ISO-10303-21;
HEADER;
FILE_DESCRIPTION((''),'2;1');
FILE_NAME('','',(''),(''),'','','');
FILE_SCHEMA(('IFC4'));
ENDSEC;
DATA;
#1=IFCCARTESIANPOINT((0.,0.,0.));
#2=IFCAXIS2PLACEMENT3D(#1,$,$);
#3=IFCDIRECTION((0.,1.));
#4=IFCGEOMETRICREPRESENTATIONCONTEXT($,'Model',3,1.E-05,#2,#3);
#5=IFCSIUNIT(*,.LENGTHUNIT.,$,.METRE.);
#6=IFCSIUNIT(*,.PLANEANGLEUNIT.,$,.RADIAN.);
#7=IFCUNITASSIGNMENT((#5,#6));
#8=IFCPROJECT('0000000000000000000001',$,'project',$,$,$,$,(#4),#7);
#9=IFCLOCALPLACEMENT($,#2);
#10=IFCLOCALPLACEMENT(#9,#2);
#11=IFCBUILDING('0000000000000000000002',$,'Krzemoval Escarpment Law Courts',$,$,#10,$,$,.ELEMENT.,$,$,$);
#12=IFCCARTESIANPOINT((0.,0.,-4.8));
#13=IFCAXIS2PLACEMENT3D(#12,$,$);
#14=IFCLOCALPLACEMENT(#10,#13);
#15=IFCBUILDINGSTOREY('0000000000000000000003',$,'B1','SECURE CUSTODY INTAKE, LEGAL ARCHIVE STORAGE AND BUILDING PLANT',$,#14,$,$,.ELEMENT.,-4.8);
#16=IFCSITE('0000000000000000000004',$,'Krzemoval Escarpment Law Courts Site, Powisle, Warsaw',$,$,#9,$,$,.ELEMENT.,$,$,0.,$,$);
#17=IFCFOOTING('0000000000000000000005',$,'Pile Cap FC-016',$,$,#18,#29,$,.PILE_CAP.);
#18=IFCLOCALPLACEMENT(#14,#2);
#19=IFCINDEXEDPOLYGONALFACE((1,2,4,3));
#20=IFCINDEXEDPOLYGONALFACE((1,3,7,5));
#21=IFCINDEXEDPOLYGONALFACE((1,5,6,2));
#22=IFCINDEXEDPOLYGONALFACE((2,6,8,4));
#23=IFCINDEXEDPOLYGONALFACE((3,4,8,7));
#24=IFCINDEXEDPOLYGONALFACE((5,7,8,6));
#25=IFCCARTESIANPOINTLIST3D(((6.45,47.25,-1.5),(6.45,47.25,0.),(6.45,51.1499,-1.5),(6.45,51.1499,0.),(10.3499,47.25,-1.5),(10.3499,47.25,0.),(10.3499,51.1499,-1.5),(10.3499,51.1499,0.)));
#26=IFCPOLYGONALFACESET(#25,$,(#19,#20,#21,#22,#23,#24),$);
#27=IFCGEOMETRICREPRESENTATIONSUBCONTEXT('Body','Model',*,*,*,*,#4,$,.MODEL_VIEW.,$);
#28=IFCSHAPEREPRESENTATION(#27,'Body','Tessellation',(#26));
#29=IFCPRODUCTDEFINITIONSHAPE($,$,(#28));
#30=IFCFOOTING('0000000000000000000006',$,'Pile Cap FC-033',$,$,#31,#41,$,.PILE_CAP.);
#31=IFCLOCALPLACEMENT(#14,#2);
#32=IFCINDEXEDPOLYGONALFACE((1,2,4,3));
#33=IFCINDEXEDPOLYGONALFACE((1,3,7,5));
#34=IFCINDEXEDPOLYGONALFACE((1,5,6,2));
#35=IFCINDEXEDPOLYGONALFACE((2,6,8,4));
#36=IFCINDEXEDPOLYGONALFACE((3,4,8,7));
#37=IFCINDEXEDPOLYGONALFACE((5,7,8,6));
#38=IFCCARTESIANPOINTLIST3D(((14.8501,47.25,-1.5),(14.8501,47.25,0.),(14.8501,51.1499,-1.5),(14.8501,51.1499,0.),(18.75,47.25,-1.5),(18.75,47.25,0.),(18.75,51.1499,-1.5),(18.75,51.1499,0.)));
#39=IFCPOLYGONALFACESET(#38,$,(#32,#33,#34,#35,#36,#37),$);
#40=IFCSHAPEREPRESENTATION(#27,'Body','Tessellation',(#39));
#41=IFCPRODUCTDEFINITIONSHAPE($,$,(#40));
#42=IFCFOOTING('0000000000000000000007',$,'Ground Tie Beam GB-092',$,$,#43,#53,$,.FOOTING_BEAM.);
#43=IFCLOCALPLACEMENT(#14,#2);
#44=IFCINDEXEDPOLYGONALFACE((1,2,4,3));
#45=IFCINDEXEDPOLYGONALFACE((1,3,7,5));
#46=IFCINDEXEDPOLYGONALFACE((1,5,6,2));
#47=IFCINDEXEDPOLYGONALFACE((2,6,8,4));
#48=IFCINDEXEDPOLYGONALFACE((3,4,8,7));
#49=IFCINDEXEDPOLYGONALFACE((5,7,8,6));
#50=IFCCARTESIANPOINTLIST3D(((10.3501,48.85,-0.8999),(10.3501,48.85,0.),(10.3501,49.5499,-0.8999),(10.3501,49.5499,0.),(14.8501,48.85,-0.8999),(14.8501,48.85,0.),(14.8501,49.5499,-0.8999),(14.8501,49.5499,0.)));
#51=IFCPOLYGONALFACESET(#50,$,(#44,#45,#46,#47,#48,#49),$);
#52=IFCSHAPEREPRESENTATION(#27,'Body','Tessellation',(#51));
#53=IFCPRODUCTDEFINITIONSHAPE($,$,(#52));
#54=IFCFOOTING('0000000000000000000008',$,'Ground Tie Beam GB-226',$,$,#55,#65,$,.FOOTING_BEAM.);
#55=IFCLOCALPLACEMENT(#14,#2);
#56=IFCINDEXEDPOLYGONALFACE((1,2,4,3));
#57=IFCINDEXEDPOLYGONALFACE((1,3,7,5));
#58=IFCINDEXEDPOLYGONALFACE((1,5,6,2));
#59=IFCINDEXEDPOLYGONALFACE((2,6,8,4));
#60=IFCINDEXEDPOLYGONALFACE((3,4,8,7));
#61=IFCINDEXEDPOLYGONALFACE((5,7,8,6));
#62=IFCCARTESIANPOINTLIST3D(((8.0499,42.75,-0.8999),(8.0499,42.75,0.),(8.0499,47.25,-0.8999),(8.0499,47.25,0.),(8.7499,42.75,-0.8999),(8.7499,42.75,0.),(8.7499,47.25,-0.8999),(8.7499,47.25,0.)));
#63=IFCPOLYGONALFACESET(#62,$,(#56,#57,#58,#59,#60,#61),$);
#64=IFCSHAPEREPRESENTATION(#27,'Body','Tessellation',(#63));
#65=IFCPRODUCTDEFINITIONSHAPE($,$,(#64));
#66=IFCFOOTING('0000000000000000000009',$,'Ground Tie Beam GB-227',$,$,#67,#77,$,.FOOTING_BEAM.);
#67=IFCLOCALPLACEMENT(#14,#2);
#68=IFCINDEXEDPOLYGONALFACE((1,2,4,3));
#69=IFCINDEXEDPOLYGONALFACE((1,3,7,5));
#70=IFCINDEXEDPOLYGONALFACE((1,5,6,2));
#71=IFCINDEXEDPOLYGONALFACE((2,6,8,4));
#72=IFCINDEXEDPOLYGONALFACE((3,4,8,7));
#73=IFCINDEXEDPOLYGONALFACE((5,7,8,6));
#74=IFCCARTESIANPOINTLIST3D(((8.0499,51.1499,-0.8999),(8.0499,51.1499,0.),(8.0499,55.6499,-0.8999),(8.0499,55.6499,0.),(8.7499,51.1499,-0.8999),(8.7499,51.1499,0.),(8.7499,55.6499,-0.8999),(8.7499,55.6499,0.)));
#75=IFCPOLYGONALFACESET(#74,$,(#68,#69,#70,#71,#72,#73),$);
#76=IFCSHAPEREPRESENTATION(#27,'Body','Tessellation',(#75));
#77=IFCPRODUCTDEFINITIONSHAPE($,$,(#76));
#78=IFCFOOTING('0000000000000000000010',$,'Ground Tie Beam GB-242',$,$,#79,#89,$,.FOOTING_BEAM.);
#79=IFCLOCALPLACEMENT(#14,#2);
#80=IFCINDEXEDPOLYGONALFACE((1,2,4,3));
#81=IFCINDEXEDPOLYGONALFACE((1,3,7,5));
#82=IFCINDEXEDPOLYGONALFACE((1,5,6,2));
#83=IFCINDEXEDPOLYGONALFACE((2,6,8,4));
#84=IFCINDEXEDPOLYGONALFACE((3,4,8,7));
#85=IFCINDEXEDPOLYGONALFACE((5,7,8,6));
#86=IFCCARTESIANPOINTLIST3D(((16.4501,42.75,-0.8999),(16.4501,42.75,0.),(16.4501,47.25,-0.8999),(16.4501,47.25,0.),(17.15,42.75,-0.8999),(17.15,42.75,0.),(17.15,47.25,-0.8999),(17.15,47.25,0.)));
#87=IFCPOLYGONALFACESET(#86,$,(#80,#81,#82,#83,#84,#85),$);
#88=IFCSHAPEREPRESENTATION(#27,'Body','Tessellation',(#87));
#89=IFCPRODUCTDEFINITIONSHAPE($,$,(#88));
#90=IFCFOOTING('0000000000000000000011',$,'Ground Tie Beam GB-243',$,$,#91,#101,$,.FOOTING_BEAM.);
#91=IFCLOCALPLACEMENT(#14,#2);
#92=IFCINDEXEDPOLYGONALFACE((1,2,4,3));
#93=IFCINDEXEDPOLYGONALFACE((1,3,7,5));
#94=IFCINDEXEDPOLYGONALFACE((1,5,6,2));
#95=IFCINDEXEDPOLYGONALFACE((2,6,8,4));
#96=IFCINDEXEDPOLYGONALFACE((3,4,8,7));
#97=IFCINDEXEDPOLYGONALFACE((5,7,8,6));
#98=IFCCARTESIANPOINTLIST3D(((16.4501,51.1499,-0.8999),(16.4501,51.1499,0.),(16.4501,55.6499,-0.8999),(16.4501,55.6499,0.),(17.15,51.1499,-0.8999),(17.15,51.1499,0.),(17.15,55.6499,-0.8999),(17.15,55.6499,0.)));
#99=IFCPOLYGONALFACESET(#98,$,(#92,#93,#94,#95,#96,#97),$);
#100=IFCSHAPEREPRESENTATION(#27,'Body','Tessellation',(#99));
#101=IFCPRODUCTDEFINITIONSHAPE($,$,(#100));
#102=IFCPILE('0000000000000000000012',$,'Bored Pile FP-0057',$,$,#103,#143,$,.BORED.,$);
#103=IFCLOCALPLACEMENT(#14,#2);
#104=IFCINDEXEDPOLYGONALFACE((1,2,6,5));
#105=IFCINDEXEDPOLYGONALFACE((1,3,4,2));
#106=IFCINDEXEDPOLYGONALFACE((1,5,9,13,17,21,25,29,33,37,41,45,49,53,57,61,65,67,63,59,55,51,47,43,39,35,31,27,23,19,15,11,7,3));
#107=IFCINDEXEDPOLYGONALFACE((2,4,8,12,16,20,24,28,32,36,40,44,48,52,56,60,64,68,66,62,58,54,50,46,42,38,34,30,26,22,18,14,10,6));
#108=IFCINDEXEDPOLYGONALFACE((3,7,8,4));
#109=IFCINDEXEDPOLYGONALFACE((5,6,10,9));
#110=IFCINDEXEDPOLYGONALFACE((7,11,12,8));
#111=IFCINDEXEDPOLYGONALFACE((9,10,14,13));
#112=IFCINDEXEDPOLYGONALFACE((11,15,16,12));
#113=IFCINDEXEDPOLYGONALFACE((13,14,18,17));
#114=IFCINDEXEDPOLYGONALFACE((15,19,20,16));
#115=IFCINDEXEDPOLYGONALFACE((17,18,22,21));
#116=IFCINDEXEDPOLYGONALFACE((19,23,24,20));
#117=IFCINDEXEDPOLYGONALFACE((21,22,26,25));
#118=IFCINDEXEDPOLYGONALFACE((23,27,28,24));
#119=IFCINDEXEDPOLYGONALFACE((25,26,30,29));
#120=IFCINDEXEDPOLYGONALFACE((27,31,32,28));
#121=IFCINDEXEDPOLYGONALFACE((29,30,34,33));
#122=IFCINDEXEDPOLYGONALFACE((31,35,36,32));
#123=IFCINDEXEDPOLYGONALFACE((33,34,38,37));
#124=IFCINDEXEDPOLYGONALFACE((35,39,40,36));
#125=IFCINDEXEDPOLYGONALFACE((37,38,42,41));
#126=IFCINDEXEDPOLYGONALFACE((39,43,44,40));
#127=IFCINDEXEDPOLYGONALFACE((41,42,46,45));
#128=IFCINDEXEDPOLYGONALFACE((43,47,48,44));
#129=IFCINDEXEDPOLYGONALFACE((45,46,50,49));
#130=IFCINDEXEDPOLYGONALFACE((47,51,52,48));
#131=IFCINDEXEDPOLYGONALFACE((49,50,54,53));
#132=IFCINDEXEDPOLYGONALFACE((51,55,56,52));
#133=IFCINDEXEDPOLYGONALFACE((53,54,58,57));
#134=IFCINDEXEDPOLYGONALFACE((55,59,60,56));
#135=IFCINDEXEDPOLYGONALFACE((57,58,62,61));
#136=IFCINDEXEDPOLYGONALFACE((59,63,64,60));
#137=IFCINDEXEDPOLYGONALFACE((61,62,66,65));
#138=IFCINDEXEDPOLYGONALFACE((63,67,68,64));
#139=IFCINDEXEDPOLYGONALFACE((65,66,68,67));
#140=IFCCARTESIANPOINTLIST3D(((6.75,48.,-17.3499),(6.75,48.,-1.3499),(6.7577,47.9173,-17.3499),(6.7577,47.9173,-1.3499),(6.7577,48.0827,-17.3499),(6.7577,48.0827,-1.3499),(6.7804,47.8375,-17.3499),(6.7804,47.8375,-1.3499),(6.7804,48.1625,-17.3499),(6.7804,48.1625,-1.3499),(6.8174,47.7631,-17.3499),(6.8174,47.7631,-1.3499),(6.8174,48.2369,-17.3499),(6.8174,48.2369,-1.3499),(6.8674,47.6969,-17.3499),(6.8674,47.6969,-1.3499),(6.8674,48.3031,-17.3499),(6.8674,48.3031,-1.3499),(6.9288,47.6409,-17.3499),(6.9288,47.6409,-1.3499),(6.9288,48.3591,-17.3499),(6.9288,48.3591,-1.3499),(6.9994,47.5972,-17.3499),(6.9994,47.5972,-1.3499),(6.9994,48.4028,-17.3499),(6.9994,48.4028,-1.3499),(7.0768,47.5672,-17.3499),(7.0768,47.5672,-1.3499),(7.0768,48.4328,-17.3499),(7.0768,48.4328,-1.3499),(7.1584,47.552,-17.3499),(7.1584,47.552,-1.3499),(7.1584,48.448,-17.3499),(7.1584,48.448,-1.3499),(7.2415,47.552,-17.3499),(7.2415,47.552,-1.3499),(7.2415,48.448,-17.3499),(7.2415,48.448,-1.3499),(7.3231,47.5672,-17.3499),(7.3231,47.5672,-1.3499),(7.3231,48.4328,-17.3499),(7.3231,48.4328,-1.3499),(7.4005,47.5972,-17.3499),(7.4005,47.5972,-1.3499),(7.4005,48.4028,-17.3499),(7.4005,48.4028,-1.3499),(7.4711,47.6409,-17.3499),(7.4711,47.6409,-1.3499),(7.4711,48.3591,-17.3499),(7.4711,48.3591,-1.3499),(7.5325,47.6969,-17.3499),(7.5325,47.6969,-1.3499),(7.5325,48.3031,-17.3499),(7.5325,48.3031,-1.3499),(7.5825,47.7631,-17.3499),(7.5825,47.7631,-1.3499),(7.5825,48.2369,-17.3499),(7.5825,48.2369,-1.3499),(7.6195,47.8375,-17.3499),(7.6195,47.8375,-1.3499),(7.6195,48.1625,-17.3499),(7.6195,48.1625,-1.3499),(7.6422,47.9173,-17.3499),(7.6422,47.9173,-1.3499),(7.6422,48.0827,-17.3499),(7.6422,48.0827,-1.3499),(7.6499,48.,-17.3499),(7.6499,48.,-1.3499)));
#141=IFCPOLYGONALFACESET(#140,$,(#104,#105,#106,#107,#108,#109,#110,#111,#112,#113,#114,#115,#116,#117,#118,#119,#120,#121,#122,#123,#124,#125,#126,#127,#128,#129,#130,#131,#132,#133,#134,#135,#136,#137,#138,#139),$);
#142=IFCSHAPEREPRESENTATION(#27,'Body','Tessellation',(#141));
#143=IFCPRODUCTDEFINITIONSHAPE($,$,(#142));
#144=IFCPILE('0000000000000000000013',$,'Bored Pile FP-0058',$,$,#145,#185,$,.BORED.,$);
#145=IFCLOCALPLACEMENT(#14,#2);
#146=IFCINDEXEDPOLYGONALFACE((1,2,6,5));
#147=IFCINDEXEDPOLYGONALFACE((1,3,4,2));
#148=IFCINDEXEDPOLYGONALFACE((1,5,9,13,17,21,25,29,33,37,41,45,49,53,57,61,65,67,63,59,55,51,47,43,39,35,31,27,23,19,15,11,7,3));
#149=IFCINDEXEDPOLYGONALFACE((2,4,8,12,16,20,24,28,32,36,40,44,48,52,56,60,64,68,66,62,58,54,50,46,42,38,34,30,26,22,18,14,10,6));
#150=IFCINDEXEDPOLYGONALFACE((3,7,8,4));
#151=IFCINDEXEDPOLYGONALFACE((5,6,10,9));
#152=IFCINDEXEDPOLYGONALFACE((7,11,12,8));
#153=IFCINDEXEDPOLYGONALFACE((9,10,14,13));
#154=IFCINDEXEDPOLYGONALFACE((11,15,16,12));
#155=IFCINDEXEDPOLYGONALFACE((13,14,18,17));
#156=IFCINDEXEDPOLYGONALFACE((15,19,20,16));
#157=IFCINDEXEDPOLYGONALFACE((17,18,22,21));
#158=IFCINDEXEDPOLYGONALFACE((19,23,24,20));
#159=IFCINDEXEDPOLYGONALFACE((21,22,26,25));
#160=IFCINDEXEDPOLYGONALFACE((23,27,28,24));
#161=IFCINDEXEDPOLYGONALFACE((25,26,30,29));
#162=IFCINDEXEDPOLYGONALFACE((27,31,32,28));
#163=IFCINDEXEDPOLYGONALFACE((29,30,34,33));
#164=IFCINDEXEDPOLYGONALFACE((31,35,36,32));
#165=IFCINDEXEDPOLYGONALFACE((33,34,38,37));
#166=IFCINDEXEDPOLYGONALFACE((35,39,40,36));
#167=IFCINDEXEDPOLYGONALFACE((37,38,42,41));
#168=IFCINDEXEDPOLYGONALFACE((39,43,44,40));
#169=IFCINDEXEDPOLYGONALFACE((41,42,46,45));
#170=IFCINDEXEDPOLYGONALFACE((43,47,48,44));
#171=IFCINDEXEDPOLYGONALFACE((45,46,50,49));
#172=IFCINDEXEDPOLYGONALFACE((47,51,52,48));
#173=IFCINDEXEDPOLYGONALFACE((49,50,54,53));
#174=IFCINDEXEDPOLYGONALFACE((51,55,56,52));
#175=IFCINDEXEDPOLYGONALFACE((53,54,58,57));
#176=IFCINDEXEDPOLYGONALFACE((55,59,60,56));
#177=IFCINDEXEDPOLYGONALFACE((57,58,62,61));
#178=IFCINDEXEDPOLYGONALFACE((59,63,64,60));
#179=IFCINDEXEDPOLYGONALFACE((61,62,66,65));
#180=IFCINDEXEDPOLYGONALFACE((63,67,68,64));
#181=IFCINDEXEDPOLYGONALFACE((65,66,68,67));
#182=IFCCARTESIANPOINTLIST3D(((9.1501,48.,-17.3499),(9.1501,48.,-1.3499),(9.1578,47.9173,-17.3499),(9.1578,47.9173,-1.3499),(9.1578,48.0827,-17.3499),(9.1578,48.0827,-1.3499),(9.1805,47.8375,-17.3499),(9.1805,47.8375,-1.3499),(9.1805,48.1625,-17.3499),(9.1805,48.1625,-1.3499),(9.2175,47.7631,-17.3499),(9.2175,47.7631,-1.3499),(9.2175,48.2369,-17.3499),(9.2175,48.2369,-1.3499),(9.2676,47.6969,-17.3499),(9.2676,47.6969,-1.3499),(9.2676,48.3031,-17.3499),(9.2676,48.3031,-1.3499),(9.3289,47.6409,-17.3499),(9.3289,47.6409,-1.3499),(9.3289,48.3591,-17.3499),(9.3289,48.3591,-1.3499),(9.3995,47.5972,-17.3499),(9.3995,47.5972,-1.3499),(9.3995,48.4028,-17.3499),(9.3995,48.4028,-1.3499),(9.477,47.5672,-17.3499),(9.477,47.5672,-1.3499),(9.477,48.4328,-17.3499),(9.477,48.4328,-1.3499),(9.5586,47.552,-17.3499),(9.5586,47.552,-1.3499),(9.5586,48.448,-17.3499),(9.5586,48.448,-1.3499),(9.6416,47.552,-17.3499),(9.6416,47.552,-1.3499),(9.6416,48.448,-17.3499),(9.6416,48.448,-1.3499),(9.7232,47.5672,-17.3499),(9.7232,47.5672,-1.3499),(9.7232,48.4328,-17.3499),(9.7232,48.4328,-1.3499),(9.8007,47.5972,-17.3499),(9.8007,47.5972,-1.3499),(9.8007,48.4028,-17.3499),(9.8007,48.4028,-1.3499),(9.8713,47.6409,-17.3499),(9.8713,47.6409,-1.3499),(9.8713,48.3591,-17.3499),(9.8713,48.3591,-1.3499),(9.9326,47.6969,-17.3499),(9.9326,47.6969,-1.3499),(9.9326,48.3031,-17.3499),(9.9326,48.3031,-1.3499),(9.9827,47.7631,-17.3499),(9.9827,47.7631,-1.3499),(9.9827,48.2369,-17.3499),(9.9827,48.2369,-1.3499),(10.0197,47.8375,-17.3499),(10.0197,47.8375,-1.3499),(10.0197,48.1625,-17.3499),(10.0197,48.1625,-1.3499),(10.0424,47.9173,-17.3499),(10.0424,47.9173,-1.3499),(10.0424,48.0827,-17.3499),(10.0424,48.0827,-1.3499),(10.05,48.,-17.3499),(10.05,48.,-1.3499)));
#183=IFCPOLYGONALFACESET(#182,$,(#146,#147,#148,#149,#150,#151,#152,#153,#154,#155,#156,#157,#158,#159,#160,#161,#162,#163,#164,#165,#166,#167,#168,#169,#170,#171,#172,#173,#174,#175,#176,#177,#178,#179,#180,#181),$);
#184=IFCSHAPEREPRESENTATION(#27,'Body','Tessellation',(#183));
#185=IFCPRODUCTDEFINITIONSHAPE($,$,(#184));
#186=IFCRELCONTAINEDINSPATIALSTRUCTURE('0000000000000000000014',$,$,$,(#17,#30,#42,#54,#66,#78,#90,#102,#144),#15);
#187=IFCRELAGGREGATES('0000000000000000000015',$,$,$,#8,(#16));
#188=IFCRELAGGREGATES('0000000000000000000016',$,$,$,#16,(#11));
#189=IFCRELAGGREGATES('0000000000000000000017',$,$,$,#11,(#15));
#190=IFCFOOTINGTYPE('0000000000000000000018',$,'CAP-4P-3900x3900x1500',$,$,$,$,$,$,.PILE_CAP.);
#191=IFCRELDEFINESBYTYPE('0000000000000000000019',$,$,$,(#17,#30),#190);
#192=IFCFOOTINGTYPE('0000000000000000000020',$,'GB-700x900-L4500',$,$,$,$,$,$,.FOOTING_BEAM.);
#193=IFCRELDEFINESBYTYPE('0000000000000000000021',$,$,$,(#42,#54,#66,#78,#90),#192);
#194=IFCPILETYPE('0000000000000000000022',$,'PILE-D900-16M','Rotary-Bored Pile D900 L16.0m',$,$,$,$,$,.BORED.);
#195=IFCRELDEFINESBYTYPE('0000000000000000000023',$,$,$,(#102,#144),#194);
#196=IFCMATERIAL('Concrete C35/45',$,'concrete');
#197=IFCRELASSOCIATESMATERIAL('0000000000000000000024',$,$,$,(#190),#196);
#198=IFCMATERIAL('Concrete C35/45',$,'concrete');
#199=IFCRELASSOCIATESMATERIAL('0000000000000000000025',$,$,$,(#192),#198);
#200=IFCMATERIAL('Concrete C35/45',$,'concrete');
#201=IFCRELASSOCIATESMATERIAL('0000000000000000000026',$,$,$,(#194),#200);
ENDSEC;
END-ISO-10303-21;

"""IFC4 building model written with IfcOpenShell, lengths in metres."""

from ifc_helpers import new_model, si_unit, direction, frame, origin, origin_2d, place, context, subcontext, project, spatial, rectangle, circle, extrude, material, material_profile, profile_set, type_object, element, save


model = new_model("IFC4")

# Units and contexts
model_context = context("Model", 3, precision=1e-05, world=origin(), true_north=direction((0.0, 1.0)))
body_context = subcontext(model_context, "Body", "Model", "MODEL_VIEW")
ifc_project = project(units=[si_unit("LENGTHUNIT", "METRE"), si_unit("PLANEANGLEUNIT", "RADIAN")], contexts=[model_context])

# Site, building, storey
site_placement = place(None, origin())
site = spatial("IfcSite", under=ifc_project, at=site_placement, Name="Krzemoval Escarpment Law Courts Site, Powisle, Warsaw", CompositionType="ELEMENT", RefElevation=0.0)
building_placement = place(site_placement, origin())
building = spatial("IfcBuilding", under=site, at=building_placement, Name="Krzemoval Escarpment Law Courts", CompositionType="ELEMENT")
storey_placement = place(building_placement, frame((0.0, 0.0, -4.8)))
storey = spatial("IfcBuildingStorey", under=building, at=storey_placement, Name="B1", Description="SECURE CUSTODY INTAKE, LEGAL ARCHIVE STORAGE AND BUILDING PLANT", CompositionType="ELEMENT", Elevation=-4.8)

# Footings
ifc_material_1 = material(Name="Concrete C35/45", Category="concrete")
footing_type_1 = type_object("IfcFootingType", Name="CAP-4P-3900x3900x1500", PredefinedType="PILE_CAP", material=ifc_material_1)
for number, where, z_axis, x_axis, name in (
    (1, (8.3999, 49.2, -1.5), (0.0, 0.0, 1.0), (1.0, 0.0, 0.0), "Pile Cap FC-016"),
    (2, (16.8, 49.2, -1.5), (0.0, 0.0, 1.0), (1.0, 0.0, 0.0), "Pile Cap FC-033"),
):
    element("IfcFooting", number, at=place(storey_placement, frame(where, z_axis=z_axis, x_axis=x_axis)), inside=storey, type_object=footing_type_1, Name=name, PredefinedType="PILE_CAP", context=body_context, shape_type="SweptSolid", body=[
        extrude(rectangle(XDim=3.8999, YDim=3.8999, at=origin_2d()), origin(), (0.0, 0.0, 1.0), 1.5),
    ])
ifc_material_2 = material(Name="Concrete C35/45", Category="concrete")
footing_type_2 = type_object("IfcFootingType", Name="GB-700x900-L4500", PredefinedType="FOOTING_BEAM", material=ifc_material_2)
for number, where, z_axis, x_axis, name in (
    (3, (12.6001, 49.2, -0.8999), (0.0, 0.0, 1.0), (1.0, 0.0, 0.0), "Ground Tie Beam GB-092"),
    (4, (8.3999, 45.0, -0.8999), (0.0, 0.0, 1.0), (0.0, 1.0, 0.0), "Ground Tie Beam GB-226"),
    (5, (8.3999, 53.3999, -0.8999), (0.0, 0.0, 1.0), (0.0, 1.0, 0.0), "Ground Tie Beam GB-227"),
    (6, (16.8, 45.0, -0.8999), (0.0, 0.0, 1.0), (0.0, 1.0, 0.0), "Ground Tie Beam GB-242"),
    (7, (16.8, 53.3999, -0.8999), (0.0, 0.0, 1.0), (0.0, 1.0, 0.0), "Ground Tie Beam GB-243"),
):
    element("IfcFooting", number, at=place(storey_placement, frame(where, z_axis=z_axis, x_axis=x_axis)), inside=storey, type_object=footing_type_2, Name=name, PredefinedType="FOOTING_BEAM", context=body_context, shape_type="SweptSolid", body=[
        extrude(rectangle(XDim=4.5, YDim=0.7, at=origin_2d()), origin(), (0.0, 0.0, 1.0), 0.8999),
    ])

# Piles
ifc_material_3 = material(Name="Concrete C35/45", Category="concrete")
ifc_material_profile_1 = material_profile(ifc_material_3, circle(Radius=0.45, at=origin_2d()), Name="PILE D900")
ifc_profile_set_1 = profile_set([ifc_material_profile_1], Name="Concrete C35/45")
pile_type = type_object("IfcPileType", Name="PILE-D900-16M", Description="Rotary-Bored Pile D900 L16.0m", PredefinedType="BORED", material=ifc_profile_set_1)
for number, where, z_axis, x_axis, name in (
    (8, (7.2, 48.0, -1.3499), (0.0, 0.0, -1.0), (1.0, 0.0, 0.0), "Bored Pile FP-0057"),
    (9, (9.6001, 48.0, -1.3499), (0.0, 0.0, -1.0), (1.0, 0.0, 0.0), "Bored Pile FP-0058"),
):
    element("IfcPile", number, at=place(storey_placement, frame(where, z_axis=z_axis, x_axis=x_axis)), inside=storey, type_object=pile_type, Name=name, PredefinedType="BORED", context=body_context, shape_type="SweptSolid", body=[
        extrude(circle(Radius=0.45, at=origin_2d()), origin(), (0.0, 0.0, 1.0), 16.0),
    ])

save(model, "model.ifc")
